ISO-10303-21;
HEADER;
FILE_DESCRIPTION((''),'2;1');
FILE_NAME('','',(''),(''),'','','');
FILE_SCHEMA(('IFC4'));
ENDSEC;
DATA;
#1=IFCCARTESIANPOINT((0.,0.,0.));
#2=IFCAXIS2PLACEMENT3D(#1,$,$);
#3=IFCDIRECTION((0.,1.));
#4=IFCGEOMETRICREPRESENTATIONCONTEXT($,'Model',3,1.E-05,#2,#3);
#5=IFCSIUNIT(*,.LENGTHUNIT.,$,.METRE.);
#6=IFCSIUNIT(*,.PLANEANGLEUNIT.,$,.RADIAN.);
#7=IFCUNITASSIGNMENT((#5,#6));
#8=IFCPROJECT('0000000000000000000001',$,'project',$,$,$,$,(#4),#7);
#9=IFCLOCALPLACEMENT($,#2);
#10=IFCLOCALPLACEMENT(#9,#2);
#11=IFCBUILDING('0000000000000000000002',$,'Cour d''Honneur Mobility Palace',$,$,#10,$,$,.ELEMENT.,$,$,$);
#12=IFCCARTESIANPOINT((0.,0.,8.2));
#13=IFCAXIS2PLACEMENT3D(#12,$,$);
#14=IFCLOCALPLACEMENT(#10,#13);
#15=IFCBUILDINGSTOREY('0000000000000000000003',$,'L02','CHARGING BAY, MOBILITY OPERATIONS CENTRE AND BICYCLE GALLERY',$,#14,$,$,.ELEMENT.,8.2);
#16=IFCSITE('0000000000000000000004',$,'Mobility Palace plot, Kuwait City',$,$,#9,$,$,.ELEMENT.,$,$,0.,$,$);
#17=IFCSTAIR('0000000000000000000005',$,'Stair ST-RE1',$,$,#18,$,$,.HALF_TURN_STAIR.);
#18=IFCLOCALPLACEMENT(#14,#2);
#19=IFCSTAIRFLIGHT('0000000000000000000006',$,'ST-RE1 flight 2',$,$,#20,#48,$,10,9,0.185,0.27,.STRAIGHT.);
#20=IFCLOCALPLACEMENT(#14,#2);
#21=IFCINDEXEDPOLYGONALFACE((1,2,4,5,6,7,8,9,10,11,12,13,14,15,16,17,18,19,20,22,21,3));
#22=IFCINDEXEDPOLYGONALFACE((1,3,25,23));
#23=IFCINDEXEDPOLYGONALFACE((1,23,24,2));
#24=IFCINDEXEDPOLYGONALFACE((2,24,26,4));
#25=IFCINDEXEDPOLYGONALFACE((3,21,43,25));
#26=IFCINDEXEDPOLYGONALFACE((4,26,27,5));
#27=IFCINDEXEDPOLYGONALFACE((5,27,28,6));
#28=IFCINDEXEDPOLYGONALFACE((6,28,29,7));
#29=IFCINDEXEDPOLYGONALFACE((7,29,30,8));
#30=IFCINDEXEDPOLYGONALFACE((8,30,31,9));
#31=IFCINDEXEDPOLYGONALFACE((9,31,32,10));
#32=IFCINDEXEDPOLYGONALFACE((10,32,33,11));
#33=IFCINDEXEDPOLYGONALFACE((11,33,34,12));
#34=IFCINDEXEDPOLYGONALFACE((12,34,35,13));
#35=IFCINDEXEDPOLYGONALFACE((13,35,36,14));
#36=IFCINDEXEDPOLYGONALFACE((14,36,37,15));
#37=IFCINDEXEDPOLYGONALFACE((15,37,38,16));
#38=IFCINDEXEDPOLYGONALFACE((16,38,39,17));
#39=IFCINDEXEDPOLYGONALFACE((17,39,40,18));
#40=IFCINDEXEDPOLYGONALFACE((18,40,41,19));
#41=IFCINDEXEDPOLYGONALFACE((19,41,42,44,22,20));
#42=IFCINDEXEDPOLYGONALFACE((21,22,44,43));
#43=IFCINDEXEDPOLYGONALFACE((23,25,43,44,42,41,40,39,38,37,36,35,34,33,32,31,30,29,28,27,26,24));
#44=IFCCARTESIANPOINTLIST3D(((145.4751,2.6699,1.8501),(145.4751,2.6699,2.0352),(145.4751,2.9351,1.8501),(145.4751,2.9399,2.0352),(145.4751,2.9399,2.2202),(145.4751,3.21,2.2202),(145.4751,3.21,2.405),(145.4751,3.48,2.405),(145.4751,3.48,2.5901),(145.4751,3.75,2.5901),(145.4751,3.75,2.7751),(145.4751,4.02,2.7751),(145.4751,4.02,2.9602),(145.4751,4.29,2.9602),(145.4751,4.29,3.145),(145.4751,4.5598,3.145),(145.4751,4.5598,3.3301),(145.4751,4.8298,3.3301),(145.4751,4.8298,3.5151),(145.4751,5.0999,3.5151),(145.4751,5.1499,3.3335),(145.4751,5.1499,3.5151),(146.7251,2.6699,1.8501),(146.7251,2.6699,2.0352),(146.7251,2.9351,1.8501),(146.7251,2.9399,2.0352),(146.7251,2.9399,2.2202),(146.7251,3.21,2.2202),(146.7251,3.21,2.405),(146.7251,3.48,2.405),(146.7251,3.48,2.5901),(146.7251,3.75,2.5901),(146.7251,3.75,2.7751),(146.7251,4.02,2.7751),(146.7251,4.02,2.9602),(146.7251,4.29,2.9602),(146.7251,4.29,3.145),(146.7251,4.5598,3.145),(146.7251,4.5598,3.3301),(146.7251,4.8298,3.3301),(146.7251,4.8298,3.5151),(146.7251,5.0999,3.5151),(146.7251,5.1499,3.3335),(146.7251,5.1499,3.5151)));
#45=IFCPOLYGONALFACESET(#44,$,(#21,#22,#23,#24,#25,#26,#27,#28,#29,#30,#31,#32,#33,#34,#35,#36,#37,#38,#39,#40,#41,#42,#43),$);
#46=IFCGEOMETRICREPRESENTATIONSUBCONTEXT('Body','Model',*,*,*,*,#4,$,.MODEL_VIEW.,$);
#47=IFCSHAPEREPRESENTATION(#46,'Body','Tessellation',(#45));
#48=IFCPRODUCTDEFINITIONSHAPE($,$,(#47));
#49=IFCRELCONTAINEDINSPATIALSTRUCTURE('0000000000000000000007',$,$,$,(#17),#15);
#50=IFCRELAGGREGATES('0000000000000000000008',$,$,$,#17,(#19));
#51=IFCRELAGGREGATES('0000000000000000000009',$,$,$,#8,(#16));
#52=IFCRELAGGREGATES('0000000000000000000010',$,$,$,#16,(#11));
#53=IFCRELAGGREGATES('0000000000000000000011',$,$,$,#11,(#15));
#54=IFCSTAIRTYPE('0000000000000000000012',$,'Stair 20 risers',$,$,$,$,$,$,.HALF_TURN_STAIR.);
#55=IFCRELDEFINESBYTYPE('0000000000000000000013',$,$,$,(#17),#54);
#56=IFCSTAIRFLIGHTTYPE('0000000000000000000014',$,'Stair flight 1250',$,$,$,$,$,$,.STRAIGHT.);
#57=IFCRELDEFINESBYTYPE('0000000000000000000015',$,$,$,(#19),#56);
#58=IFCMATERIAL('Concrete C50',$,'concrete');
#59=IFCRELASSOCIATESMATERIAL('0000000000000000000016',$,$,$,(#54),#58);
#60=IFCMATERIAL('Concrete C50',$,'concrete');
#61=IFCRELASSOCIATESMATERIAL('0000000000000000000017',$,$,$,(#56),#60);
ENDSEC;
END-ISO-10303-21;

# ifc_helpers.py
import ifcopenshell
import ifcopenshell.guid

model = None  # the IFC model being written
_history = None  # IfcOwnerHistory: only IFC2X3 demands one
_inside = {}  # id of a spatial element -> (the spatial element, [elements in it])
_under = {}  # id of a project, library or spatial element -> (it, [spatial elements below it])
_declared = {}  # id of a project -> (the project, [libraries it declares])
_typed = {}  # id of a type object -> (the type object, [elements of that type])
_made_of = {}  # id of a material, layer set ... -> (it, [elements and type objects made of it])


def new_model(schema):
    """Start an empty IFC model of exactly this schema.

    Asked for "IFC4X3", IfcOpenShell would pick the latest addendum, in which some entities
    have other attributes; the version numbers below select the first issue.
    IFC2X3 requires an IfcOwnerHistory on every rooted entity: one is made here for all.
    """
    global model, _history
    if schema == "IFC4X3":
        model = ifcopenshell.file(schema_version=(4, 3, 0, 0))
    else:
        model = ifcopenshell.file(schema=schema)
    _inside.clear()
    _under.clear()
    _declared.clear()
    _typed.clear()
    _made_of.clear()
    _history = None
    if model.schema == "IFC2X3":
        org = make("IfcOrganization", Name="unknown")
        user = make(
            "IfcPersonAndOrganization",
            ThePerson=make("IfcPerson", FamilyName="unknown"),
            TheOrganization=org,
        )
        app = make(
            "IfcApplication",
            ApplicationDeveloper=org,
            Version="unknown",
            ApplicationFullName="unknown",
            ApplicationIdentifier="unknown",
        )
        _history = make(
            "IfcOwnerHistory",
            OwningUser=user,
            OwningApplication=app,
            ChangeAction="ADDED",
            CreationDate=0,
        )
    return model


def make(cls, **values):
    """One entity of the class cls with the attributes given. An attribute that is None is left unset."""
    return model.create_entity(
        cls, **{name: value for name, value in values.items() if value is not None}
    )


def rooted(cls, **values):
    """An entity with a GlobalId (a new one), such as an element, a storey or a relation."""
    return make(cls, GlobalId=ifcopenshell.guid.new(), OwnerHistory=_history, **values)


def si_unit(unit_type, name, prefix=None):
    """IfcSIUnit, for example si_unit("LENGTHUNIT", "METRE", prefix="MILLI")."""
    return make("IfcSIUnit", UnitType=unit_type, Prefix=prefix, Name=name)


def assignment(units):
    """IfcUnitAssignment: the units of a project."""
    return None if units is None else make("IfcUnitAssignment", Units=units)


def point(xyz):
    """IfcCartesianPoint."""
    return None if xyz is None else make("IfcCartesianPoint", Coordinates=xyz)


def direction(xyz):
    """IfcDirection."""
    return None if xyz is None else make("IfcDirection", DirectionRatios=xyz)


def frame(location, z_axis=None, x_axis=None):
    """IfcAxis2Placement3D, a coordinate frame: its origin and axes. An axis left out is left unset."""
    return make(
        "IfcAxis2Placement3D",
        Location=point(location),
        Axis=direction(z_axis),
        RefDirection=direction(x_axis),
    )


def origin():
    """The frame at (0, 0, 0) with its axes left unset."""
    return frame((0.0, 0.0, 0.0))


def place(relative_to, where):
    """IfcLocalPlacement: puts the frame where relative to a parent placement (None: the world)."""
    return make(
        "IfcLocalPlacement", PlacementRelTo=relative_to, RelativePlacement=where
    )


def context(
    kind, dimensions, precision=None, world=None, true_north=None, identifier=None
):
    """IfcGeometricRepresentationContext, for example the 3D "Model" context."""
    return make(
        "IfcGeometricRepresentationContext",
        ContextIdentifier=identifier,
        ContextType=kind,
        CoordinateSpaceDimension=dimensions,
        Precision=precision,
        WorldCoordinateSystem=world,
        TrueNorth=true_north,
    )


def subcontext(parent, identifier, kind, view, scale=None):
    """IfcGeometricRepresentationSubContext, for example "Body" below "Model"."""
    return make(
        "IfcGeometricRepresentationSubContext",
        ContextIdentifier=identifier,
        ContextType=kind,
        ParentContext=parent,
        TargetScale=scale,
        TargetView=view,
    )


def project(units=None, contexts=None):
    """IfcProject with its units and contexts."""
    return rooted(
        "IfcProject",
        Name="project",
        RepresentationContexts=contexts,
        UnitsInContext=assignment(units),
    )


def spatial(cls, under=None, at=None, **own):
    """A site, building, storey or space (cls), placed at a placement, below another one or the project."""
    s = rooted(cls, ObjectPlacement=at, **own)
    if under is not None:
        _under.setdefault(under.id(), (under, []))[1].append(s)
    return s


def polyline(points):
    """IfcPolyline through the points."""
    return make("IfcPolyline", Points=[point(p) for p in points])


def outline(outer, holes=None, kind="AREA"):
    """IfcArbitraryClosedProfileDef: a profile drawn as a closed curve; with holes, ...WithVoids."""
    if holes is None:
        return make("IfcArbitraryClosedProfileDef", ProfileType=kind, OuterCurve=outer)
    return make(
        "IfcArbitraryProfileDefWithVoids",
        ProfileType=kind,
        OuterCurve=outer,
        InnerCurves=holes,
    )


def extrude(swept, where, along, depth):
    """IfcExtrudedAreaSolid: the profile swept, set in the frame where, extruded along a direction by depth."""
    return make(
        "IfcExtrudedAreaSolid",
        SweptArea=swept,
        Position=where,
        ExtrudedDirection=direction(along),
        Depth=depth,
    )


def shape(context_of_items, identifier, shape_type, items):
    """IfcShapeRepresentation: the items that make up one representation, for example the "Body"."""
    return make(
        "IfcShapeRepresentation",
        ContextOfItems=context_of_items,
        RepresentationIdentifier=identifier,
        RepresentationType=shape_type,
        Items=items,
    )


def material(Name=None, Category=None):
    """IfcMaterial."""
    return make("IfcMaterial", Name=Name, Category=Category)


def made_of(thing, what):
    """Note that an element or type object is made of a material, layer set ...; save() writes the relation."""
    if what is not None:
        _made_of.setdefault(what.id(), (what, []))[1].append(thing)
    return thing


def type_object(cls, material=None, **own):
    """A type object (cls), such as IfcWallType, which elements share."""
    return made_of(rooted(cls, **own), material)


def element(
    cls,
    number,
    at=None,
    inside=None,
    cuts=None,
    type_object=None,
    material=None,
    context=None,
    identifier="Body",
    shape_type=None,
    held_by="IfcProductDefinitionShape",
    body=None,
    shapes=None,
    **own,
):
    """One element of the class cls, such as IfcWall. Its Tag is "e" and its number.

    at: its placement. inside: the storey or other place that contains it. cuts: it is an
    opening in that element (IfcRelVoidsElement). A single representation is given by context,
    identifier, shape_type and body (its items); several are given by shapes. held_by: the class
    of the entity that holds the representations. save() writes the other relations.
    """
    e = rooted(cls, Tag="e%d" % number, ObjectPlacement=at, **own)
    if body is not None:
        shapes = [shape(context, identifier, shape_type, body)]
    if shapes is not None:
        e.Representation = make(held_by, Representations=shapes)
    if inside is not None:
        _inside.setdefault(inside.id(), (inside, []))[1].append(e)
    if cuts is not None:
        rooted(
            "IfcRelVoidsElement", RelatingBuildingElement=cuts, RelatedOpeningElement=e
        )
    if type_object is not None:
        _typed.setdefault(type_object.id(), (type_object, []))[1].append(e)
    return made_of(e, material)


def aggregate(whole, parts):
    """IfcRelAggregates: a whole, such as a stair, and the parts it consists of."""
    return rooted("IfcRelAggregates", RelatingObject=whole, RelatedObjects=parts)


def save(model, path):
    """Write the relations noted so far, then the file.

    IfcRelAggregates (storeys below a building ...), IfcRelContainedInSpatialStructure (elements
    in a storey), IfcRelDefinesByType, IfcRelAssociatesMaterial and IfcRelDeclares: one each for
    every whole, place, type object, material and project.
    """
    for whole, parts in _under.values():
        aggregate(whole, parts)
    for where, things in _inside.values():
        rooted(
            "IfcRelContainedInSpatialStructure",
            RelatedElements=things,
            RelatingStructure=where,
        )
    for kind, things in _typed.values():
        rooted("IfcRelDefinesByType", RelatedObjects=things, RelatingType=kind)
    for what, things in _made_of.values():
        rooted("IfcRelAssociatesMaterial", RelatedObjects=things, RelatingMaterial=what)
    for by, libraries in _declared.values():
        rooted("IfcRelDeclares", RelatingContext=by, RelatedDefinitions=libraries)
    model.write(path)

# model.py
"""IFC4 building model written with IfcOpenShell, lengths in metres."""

from ifc_helpers import new_model, si_unit, direction, frame, origin, place, context, subcontext, project, spatial, polyline, outline, extrude, material, type_object, element, aggregate, save


model = new_model("IFC4")

# Units and contexts
model_context = context("Model", 3, precision=1e-05, world=origin(), true_north=direction((0.0, 1.0)))
body_context = subcontext(model_context, "Body", "Model", "MODEL_VIEW")
ifc_project = project(units=[si_unit("LENGTHUNIT", "METRE"), si_unit("PLANEANGLEUNIT", "RADIAN")], contexts=[model_context])

# Site, building, storey
site_placement = place(None, origin())
site = spatial("IfcSite", under=ifc_project, at=site_placement, Name="Mobility Palace plot, Kuwait City", CompositionType="ELEMENT", RefElevation=0.0)
building_placement = place(site_placement, origin())
building = spatial("IfcBuilding", under=site, at=building_placement, Name="Cour d'Honneur Mobility Palace", CompositionType="ELEMENT")
storey_placement = place(building_placement, frame((0.0, 0.0, 8.2)))
storey = spatial("IfcBuildingStorey", under=building, at=storey_placement, Name="L02", Description="CHARGING BAY, MOBILITY OPERATIONS CENTRE AND BICYCLE GALLERY", CompositionType="ELEMENT", Elevation=8.2)

# Stair, stair flight
ifc_material_1 = material(Name="Concrete C50", Category="concrete")
stair_type = type_object("IfcStairType", Name="Stair 20 risers", PredefinedType="HALF_TURN_STAIR", material=ifc_material_1)
stair_placement = place(storey_placement, origin())
stair = element("IfcStair", 1, at=stair_placement, inside=storey, type_object=stair_type, Name="Stair ST-RE1", PredefinedType="HALF_TURN_STAIR")
ifc_material_2 = material(Name="Concrete C50", Category="concrete")
stair_flight_type = type_object("IfcStairFlightType", Name="Stair flight 1250", PredefinedType="STRAIGHT", material=ifc_material_2)
stair_flight_1_placement = place(storey_placement, frame((146.1001, 2.6699, 1.8501), z_axis=(0.0, 0.0, 1.0), x_axis=(0.0, 1.0, 0.0)))
stair_flight_1 = element("IfcStairFlight", 2, at=stair_flight_1_placement, type_object=stair_flight_type, Name="ST-RE1 flight 2", NumberOfRisers=10, NumberOfTreads=9, PredefinedType="STRAIGHT", RiserHeight=0.185, TreadLength=0.27, context=body_context, shape_type="SweptSolid", body=[
    extrude(outline(polyline([(0.0, 0.0), (0.0, 0.1851), (0.27, 0.1851), (0.27, 0.3701), (0.54, 0.3701), (0.54, 0.5549), (0.8101, 0.5549), (0.8101, 0.74), (1.0801, 0.74), (1.0801, 0.925), (1.3501, 0.925), (1.3501, 1.1101), (1.6201, 1.1101), (1.6201, 1.2949), (1.8899, 1.2949), (1.8899, 1.48), (2.1599, 1.48), (2.1599, 1.665), (2.4299, 1.665), (2.48, 1.665), (2.48, 1.4834), (0.2651, 0.0), (0.0, 0.0)])), frame((0.0, 0.625, 0.0), z_axis=(0.0, -1.0, 0.0), x_axis=(1.0, 0.0, 0.0)), (0.0, 0.0, 1.0), 1.25),
])
aggregate(stair, [stair_flight_1])

save(model, "model.ifc")
